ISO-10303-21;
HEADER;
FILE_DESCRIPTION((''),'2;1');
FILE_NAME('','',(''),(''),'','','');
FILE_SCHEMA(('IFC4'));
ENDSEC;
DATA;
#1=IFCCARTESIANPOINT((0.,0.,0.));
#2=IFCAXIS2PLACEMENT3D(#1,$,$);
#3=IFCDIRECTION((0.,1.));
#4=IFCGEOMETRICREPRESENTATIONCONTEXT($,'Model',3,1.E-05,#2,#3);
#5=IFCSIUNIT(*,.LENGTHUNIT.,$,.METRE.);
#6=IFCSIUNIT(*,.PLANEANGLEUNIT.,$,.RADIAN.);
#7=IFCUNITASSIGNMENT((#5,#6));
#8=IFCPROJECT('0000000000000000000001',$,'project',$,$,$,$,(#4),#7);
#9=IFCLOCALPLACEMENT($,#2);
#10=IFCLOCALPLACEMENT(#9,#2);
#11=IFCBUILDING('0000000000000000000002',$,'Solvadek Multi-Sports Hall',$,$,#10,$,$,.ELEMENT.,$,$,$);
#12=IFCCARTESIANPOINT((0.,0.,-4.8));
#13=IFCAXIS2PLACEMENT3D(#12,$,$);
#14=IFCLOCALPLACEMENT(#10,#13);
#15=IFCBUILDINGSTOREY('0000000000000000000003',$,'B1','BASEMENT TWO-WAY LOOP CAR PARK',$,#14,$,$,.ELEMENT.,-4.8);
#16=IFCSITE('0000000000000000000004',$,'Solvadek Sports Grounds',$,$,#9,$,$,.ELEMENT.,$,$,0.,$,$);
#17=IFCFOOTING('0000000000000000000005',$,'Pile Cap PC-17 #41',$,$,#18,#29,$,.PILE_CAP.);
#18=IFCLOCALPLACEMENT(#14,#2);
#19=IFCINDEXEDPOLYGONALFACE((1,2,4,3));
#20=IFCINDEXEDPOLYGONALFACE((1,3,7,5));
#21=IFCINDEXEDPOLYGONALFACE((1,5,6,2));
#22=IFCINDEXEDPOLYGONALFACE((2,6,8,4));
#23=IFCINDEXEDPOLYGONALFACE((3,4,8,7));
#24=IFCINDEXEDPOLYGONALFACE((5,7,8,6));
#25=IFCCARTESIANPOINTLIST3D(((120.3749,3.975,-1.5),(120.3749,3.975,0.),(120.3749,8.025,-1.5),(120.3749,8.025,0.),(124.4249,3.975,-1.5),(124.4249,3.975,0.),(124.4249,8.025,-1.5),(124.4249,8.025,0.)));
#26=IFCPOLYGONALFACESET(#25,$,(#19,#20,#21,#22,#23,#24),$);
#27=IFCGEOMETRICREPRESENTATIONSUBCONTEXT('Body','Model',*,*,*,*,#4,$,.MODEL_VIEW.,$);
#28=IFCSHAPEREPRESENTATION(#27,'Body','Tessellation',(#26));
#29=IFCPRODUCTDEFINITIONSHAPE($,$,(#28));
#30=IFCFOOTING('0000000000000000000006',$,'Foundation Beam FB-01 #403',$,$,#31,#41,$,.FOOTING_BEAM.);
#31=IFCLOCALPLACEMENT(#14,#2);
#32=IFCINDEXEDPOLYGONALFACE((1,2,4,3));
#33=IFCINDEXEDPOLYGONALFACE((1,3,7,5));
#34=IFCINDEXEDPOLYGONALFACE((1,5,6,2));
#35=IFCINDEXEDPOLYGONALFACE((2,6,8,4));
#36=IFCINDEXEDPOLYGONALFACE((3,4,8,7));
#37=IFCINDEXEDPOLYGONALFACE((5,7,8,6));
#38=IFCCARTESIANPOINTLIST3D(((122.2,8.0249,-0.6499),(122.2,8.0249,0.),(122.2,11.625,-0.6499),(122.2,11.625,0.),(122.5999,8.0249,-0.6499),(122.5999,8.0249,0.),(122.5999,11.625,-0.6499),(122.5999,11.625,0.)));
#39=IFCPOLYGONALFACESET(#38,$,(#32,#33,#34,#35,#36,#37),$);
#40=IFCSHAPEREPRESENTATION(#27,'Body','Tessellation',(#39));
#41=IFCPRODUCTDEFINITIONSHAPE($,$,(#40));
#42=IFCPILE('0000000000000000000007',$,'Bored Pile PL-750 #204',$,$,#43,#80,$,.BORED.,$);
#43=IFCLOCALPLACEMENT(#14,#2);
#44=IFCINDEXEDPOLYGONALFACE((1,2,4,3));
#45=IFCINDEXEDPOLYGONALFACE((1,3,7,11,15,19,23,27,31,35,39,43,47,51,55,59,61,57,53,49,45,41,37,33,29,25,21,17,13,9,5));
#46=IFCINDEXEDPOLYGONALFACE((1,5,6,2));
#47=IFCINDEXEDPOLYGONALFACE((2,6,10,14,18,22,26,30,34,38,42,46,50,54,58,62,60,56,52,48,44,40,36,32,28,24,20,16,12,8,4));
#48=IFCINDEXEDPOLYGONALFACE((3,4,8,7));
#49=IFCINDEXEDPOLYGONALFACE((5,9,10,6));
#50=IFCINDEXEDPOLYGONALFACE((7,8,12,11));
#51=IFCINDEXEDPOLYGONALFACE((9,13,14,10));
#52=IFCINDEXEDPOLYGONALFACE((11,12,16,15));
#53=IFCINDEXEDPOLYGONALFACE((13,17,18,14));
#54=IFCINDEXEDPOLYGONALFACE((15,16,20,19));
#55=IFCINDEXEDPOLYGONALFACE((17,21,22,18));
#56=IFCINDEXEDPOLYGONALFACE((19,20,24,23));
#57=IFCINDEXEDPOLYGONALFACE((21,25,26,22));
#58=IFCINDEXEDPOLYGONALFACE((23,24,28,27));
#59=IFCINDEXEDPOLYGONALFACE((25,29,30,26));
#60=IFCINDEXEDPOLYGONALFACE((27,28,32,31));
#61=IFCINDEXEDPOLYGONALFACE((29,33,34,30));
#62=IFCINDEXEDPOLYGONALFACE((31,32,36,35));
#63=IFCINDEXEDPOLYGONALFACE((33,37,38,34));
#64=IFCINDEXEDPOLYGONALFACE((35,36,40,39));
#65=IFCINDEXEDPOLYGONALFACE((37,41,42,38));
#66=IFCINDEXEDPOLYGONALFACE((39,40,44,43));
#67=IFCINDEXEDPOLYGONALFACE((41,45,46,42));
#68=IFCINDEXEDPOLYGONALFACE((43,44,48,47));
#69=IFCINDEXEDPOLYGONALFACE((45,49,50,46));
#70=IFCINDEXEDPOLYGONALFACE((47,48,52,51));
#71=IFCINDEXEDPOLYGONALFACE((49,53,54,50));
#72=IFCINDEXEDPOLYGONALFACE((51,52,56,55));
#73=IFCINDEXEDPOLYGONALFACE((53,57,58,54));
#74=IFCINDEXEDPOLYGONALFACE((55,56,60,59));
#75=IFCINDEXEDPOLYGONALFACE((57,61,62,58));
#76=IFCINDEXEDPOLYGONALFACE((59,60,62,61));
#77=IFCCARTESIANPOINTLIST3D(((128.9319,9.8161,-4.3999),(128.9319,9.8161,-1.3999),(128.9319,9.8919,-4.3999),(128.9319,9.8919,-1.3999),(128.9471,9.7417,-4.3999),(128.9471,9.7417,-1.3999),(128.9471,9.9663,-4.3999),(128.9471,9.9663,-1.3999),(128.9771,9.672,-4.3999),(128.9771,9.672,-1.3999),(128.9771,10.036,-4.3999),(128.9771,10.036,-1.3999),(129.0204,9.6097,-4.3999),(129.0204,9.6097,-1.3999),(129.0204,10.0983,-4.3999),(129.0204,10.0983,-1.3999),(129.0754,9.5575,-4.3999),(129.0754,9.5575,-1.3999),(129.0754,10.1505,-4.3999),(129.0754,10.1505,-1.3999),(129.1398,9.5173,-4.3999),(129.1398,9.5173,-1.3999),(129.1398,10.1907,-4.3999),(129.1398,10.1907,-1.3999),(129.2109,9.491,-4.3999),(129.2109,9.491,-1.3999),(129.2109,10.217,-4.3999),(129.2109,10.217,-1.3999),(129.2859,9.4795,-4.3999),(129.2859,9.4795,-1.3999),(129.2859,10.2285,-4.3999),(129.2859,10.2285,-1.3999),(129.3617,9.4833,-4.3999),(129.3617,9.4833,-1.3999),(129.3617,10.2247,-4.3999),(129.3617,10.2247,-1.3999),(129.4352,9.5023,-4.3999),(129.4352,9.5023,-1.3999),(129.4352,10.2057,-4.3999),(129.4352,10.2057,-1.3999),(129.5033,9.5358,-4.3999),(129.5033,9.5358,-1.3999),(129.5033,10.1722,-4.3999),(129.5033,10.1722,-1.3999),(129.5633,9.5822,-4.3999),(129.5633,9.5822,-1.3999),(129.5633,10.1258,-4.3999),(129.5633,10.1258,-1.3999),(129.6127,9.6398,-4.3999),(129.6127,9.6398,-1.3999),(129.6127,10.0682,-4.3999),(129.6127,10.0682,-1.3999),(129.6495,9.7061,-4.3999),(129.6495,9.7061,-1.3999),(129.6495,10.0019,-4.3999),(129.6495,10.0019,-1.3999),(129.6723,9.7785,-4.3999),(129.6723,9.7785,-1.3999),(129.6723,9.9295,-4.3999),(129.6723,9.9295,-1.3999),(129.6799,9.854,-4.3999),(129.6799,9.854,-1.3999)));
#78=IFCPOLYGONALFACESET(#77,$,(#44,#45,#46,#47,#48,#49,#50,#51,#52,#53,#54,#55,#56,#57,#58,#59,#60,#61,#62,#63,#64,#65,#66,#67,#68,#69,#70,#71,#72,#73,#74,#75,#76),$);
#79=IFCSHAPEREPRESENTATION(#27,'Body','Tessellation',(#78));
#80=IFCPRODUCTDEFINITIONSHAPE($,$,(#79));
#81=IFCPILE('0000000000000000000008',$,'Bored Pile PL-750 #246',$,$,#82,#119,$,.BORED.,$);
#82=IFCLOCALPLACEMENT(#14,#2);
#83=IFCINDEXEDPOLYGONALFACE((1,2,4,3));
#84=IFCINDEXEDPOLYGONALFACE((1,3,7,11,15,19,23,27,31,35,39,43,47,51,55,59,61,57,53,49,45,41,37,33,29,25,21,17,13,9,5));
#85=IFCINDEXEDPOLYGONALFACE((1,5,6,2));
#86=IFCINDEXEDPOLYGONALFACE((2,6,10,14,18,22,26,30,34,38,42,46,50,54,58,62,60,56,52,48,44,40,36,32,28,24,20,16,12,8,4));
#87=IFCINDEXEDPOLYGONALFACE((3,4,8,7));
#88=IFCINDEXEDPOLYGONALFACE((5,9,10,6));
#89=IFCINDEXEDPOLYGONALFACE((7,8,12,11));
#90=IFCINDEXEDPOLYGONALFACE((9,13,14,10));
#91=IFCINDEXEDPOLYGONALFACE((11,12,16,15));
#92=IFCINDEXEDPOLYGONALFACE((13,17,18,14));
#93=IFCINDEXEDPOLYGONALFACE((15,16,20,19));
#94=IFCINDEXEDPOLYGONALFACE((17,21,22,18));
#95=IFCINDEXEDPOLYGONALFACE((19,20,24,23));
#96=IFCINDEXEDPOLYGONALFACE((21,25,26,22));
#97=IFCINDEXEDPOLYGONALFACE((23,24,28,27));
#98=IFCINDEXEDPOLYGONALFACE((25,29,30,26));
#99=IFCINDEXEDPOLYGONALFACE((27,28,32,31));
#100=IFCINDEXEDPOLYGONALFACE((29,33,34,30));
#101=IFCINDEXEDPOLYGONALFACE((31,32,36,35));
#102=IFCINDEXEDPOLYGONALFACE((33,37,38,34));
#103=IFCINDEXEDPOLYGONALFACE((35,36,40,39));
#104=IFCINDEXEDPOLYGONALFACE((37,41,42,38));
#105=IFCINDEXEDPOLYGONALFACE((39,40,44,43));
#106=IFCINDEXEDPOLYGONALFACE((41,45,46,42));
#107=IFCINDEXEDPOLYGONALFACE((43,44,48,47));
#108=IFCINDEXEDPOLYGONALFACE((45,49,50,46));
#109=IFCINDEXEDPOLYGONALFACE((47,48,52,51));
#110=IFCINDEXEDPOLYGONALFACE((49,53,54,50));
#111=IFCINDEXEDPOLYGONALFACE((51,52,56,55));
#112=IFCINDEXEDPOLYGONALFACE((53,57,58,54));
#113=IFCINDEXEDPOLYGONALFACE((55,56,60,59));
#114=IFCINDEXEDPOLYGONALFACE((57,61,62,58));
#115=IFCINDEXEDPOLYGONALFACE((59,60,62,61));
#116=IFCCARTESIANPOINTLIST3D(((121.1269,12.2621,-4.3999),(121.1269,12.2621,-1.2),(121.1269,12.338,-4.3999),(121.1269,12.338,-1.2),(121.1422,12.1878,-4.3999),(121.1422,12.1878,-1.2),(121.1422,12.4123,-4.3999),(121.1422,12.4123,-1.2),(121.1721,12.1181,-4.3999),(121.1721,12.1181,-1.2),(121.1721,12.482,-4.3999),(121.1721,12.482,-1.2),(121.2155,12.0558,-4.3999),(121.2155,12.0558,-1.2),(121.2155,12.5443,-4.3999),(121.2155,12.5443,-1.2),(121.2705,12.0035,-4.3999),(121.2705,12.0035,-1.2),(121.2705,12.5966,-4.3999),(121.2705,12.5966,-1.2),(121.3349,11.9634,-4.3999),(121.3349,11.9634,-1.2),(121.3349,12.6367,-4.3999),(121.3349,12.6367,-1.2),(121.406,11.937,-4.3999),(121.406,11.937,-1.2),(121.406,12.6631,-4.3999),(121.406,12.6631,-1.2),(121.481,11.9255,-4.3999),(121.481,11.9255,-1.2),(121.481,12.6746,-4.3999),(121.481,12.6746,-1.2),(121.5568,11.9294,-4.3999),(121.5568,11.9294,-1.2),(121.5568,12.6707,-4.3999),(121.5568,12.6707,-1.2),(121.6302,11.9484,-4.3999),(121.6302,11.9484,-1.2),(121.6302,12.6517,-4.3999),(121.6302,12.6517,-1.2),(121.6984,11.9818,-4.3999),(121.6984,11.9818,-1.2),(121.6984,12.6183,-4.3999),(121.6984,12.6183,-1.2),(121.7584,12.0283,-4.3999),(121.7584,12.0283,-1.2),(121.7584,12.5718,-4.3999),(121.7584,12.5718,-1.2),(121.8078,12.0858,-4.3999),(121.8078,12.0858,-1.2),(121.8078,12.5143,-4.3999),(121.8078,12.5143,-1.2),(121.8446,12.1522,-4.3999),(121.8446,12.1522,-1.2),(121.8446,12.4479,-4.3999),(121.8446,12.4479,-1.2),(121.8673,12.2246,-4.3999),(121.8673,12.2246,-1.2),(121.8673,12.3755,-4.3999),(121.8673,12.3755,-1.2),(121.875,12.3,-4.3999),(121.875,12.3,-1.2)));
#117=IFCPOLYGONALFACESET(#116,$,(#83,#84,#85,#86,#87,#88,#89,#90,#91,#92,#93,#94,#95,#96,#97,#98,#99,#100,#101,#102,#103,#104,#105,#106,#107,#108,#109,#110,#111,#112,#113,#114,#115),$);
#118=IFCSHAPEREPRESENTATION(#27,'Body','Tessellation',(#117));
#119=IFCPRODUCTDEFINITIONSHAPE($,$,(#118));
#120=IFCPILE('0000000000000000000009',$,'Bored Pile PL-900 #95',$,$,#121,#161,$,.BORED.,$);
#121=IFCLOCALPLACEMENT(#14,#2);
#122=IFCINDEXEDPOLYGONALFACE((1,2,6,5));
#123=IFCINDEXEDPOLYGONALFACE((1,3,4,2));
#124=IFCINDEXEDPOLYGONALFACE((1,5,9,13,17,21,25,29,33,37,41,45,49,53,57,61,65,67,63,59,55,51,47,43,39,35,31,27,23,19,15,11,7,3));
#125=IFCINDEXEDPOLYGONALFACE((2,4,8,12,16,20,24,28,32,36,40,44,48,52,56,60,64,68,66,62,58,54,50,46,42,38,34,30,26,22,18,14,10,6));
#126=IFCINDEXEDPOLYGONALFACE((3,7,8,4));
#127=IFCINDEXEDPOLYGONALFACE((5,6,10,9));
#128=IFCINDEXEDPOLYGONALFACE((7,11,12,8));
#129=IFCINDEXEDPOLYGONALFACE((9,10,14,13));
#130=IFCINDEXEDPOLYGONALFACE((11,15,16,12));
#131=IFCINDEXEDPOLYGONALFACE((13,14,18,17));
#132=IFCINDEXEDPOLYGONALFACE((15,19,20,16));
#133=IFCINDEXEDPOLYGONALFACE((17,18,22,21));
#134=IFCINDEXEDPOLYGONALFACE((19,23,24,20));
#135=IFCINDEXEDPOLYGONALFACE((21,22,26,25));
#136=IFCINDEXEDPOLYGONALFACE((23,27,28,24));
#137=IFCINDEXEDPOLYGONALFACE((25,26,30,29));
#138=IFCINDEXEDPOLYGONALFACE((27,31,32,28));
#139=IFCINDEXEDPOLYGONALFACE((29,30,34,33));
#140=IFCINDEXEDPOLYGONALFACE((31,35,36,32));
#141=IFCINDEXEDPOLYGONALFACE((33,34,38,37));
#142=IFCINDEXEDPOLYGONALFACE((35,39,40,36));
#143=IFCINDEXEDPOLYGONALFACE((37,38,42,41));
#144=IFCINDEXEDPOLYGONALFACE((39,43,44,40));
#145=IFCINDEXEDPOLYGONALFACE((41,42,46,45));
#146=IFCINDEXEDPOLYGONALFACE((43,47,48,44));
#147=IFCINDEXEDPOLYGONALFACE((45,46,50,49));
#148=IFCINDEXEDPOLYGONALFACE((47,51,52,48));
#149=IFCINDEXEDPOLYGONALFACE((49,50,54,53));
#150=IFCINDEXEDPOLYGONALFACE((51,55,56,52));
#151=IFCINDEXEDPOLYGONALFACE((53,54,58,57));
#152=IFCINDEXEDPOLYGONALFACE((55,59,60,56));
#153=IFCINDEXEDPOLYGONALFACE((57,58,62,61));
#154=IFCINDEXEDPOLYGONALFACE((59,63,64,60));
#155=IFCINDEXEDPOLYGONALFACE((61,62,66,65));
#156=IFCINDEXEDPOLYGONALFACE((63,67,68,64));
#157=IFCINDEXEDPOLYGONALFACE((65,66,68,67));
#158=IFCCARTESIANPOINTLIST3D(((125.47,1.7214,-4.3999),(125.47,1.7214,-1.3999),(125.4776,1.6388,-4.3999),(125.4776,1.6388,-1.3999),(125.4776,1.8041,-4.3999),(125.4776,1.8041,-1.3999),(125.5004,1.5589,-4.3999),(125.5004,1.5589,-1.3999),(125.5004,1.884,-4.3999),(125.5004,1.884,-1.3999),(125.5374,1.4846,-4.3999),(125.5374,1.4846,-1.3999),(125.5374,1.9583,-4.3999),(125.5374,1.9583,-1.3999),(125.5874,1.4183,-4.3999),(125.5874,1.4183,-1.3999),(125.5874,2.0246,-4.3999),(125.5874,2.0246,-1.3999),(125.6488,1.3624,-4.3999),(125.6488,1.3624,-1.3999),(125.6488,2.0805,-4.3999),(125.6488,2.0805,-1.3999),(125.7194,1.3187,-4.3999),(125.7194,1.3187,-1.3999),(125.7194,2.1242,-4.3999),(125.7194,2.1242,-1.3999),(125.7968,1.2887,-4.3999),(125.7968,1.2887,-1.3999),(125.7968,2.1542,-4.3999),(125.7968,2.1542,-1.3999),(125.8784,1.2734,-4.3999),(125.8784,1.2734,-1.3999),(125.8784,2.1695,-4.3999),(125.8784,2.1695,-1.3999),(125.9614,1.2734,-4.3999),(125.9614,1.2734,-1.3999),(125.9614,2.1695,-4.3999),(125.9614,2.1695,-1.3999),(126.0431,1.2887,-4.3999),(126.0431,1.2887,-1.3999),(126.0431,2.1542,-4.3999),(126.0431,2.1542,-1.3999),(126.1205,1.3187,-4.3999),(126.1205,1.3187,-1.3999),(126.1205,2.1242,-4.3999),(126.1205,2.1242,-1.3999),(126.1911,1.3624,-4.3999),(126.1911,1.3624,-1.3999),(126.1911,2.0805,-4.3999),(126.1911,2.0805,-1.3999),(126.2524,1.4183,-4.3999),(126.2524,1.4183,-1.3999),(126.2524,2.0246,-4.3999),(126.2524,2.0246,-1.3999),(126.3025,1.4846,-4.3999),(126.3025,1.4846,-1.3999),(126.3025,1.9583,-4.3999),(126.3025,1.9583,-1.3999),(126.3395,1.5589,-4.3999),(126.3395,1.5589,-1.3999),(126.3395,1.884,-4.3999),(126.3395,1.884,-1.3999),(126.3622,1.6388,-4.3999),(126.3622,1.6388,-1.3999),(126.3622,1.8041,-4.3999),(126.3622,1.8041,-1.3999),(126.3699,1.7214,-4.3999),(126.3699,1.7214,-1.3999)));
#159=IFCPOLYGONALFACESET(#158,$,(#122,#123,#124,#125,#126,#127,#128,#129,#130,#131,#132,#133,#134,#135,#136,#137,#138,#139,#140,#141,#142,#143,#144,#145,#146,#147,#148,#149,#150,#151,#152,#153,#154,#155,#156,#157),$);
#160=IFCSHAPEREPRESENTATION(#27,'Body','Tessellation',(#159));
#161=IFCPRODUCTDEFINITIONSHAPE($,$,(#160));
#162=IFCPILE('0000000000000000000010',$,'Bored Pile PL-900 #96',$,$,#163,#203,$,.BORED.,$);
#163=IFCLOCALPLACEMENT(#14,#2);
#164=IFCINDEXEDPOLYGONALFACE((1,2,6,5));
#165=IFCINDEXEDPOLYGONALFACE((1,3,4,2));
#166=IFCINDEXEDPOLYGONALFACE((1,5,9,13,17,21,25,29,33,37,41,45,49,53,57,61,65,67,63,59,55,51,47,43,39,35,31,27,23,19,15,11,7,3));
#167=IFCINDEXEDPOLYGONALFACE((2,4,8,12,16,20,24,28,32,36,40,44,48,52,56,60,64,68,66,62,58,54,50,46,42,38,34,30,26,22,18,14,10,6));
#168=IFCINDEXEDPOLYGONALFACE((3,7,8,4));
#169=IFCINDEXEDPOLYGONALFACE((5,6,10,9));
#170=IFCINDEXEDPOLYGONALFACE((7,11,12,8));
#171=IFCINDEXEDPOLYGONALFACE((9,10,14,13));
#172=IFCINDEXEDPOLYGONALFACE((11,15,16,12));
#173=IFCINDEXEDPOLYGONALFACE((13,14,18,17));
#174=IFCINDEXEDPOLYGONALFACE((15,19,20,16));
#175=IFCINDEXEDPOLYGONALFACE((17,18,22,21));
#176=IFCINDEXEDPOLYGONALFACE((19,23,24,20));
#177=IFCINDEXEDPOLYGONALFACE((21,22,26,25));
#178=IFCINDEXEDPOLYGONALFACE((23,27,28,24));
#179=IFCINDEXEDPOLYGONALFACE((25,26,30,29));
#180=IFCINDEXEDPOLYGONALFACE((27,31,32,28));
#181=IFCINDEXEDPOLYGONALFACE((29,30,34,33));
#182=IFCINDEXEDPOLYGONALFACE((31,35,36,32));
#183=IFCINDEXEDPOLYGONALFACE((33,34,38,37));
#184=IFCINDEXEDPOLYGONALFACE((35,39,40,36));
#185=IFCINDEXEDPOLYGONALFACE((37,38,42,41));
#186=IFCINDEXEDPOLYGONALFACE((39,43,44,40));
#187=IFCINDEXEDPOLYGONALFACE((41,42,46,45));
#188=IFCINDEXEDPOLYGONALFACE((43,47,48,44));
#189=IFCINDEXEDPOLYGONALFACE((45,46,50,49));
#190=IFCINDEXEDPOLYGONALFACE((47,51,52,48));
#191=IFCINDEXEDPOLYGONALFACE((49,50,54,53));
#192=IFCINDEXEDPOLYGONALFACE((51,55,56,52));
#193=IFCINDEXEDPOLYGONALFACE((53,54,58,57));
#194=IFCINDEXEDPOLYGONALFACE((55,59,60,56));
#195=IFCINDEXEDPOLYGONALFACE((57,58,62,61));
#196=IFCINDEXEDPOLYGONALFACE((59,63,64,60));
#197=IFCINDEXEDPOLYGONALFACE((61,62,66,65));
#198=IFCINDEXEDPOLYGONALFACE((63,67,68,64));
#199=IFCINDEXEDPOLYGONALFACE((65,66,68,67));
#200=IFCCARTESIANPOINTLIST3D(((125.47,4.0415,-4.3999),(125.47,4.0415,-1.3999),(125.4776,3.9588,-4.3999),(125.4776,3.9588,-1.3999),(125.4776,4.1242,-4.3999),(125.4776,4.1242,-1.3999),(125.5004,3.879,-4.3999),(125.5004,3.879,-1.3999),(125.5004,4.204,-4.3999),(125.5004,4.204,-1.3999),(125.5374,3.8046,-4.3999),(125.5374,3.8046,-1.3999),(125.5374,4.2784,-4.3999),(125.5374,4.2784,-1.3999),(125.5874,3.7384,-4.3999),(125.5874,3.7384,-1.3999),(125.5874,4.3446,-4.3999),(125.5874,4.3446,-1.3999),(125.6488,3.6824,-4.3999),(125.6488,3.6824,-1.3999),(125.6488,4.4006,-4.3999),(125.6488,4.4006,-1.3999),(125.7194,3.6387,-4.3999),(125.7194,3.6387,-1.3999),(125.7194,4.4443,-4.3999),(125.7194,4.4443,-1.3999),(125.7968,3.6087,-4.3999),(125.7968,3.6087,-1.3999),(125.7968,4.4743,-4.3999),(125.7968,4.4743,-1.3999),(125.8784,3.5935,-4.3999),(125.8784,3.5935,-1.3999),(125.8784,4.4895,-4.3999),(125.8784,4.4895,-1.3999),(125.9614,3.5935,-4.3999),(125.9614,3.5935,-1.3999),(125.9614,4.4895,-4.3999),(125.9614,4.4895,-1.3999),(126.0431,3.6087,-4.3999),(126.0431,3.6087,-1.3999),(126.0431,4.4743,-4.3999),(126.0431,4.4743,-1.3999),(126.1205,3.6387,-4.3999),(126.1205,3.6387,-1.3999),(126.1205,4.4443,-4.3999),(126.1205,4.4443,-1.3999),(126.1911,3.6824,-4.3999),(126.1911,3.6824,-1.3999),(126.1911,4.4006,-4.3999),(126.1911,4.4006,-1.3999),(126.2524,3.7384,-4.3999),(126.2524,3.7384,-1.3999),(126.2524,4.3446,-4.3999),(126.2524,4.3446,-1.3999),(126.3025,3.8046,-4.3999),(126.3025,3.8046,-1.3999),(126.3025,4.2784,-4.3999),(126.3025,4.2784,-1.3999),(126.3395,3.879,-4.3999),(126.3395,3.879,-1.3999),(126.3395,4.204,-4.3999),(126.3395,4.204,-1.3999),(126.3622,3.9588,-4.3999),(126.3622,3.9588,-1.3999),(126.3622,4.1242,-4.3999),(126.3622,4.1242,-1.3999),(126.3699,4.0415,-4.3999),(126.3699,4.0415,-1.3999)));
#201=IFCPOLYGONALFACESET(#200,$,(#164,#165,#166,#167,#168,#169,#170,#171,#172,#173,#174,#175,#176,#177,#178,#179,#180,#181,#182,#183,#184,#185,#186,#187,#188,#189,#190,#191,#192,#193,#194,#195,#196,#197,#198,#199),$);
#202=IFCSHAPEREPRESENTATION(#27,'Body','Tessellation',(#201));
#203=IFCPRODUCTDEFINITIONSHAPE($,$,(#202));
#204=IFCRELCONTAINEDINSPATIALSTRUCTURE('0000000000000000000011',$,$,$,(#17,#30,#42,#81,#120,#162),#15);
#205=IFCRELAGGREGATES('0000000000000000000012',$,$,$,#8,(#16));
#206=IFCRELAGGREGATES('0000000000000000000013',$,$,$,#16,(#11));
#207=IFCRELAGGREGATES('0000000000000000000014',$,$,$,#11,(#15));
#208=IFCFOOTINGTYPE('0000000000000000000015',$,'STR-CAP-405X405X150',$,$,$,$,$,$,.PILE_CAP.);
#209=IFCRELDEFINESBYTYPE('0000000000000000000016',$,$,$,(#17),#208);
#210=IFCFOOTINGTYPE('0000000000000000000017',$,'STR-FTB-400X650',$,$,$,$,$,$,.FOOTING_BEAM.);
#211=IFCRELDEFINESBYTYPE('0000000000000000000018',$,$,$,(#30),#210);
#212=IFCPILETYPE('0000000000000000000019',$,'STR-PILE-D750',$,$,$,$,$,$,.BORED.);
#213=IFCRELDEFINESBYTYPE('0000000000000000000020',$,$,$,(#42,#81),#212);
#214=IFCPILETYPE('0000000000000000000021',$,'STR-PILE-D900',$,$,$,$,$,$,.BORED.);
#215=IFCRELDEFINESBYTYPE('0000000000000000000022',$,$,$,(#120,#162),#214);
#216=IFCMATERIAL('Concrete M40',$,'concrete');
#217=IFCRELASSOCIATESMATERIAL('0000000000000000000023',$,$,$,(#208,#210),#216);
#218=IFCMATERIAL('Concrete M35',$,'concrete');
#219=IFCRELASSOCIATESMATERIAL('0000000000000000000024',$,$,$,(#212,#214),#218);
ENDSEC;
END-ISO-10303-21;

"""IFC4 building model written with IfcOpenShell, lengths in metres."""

from ifc_helpers import new_model, si_unit, direction, frame, origin, origin_2d, place, context, subcontext, project, spatial, rectangle, circle, extrude, material, material_profile, profile_set, type_object, element, save


model = new_model("IFC4")

# Units and contexts
model_context = context("Model", 3, precision=1e-05, world=origin(), true_north=direction((0.0, 1.0)))
body_context = subcontext(model_context, "Body", "Model", "MODEL_VIEW")
ifc_project = project(units=[si_unit("LENGTHUNIT", "METRE"), si_unit("PLANEANGLEUNIT", "RADIAN")], contexts=[model_context])

# Site, building, storey
site_placement = place(None, origin())
site = spatial("IfcSite", under=ifc_project, at=site_placement, Name="Solvadek Sports Grounds", CompositionType="ELEMENT", RefElevation=0.0)
building_placement = place(site_placement, origin())
building = spatial("IfcBuilding", under=site, at=building_placement, Name="Solvadek Multi-Sports Hall", CompositionType="ELEMENT")
storey_placement = place(building_placement, frame((0.0, 0.0, -4.8)))
storey = spatial("IfcBuildingStorey", under=building, at=storey_placement, Name="B1", Description="BASEMENT TWO-WAY LOOP CAR PARK", CompositionType="ELEMENT", Elevation=-4.8)

# Footings
ifc_material_1 = material(Name="Concrete M40", Category="concrete")
footing_type_1 = type_object("IfcFootingType", Name="STR-CAP-405X405X150", PredefinedType="PILE_CAP", material=ifc_material_1)
footing_1_placement = place(storey_placement, frame((122.3999, 6.0, -1.5), z_axis=(0.0, 0.0, 1.0), x_axis=(1.0, 0.0, 0.0)))
element("IfcFooting", 1, at=footing_1_placement, inside=storey, type_object=footing_type_1, Name="Pile Cap PC-17 #41", PredefinedType="PILE_CAP", context=body_context, shape_type="SweptSolid", body=[
    extrude(rectangle(XDim=4.05, YDim=4.05, at=origin_2d()), origin(), (0.0, 0.0, 1.0), 1.5),
])
footing_type_2 = type_object("IfcFootingType", Name="STR-FTB-400X650", PredefinedType="FOOTING_BEAM", material=ifc_material_1)
footing_2_placement = place(storey_placement, frame((122.3999, 9.825, -0.6499), z_axis=(0.0, 0.0, 1.0), x_axis=(0.0, 1.0, 0.0)))
element("IfcFooting", 2, at=footing_2_placement, inside=storey, type_object=footing_type_2, Name="Foundation Beam FB-01 #403", PredefinedType="FOOTING_BEAM", context=body_context, shape_type="SweptSolid", body=[
    extrude(rectangle(XDim=3.6001, YDim=0.3999, at=origin_2d()), origin(), (0.0, 0.0, 1.0), 0.6499),
])

# Piles
ifc_material_2 = material(Name="Concrete M35", Category="concrete")
ifc_material_profile_1 = material_profile(ifc_material_2, circle(Radius=0.375, at=origin_2d()), Name="BORED PILE D750")
ifc_profile_set_1 = profile_set([ifc_material_profile_1], Name="Concrete M35")
pile_type_1 = type_object("IfcPileType", Name="STR-PILE-D750", PredefinedType="BORED", material=ifc_profile_set_1)
pile_1_placement = place(storey_placement, frame((129.3049, 9.854, -1.3999), z_axis=(0.0, 0.0, -1.0), x_axis=(1.0, 0.0, 0.0)))
element("IfcPile", 3, at=pile_1_placement, inside=storey, type_object=pile_type_1, Name="Bored Pile PL-750 #204", PredefinedType="BORED", context=body_context, shape_type="SweptSolid", body=[
    extrude(circle(Radius=0.375, at=origin_2d()), origin(), (0.0, 0.0, 1.0), 3.0),
])
pile_2_placement = place(storey_placement, frame((121.5, 12.3, -1.2), z_axis=(0.0, 0.0, -1.0), x_axis=(1.0, 0.0, 0.0)))
element("IfcPile", 4, at=pile_2_placement, inside=storey, type_object=pile_type_1, Name="Bored Pile PL-750 #246", PredefinedType="BORED", context=body_context, shape_type="SweptSolid", body=[
    extrude(circle(Radius=0.375, at=origin_2d()), origin(), (0.0, 0.0, 1.0), 3.2),
])
ifc_material_profile_2 = material_profile(ifc_material_2, circle(Radius=0.45, at=origin_2d()), Name="BORED PILE D900")
ifc_profile_set_2 = profile_set([ifc_material_profile_2], Name="Concrete M35")
pile_type_2 = type_object("IfcPileType", Name="STR-PILE-D900", PredefinedType="BORED", material=ifc_profile_set_2)
for number, where, z_axis, x_axis, name in (
    (5, (125.9199, 1.7214, -1.3999), (0.0, 0.0, -1.0), (1.0, 0.0, 0.0), "Bored Pile PL-900 #95"),
    (6, (125.9199, 4.0415, -1.3999), (0.0, 0.0, -1.0), (1.0, 0.0, 0.0), "Bored Pile PL-900 #96"),
):
    element("IfcPile", number, at=place(storey_placement, frame(where, z_axis=z_axis, x_axis=x_axis)), inside=storey, type_object=pile_type_2, Name=name, PredefinedType="BORED", context=body_context, shape_type="SweptSolid", body=[
        extrude(circle(Radius=0.45, at=origin_2d()), origin(), (0.0, 0.0, 1.0), 3.0),
    ])

save(model, "model.ifc")
